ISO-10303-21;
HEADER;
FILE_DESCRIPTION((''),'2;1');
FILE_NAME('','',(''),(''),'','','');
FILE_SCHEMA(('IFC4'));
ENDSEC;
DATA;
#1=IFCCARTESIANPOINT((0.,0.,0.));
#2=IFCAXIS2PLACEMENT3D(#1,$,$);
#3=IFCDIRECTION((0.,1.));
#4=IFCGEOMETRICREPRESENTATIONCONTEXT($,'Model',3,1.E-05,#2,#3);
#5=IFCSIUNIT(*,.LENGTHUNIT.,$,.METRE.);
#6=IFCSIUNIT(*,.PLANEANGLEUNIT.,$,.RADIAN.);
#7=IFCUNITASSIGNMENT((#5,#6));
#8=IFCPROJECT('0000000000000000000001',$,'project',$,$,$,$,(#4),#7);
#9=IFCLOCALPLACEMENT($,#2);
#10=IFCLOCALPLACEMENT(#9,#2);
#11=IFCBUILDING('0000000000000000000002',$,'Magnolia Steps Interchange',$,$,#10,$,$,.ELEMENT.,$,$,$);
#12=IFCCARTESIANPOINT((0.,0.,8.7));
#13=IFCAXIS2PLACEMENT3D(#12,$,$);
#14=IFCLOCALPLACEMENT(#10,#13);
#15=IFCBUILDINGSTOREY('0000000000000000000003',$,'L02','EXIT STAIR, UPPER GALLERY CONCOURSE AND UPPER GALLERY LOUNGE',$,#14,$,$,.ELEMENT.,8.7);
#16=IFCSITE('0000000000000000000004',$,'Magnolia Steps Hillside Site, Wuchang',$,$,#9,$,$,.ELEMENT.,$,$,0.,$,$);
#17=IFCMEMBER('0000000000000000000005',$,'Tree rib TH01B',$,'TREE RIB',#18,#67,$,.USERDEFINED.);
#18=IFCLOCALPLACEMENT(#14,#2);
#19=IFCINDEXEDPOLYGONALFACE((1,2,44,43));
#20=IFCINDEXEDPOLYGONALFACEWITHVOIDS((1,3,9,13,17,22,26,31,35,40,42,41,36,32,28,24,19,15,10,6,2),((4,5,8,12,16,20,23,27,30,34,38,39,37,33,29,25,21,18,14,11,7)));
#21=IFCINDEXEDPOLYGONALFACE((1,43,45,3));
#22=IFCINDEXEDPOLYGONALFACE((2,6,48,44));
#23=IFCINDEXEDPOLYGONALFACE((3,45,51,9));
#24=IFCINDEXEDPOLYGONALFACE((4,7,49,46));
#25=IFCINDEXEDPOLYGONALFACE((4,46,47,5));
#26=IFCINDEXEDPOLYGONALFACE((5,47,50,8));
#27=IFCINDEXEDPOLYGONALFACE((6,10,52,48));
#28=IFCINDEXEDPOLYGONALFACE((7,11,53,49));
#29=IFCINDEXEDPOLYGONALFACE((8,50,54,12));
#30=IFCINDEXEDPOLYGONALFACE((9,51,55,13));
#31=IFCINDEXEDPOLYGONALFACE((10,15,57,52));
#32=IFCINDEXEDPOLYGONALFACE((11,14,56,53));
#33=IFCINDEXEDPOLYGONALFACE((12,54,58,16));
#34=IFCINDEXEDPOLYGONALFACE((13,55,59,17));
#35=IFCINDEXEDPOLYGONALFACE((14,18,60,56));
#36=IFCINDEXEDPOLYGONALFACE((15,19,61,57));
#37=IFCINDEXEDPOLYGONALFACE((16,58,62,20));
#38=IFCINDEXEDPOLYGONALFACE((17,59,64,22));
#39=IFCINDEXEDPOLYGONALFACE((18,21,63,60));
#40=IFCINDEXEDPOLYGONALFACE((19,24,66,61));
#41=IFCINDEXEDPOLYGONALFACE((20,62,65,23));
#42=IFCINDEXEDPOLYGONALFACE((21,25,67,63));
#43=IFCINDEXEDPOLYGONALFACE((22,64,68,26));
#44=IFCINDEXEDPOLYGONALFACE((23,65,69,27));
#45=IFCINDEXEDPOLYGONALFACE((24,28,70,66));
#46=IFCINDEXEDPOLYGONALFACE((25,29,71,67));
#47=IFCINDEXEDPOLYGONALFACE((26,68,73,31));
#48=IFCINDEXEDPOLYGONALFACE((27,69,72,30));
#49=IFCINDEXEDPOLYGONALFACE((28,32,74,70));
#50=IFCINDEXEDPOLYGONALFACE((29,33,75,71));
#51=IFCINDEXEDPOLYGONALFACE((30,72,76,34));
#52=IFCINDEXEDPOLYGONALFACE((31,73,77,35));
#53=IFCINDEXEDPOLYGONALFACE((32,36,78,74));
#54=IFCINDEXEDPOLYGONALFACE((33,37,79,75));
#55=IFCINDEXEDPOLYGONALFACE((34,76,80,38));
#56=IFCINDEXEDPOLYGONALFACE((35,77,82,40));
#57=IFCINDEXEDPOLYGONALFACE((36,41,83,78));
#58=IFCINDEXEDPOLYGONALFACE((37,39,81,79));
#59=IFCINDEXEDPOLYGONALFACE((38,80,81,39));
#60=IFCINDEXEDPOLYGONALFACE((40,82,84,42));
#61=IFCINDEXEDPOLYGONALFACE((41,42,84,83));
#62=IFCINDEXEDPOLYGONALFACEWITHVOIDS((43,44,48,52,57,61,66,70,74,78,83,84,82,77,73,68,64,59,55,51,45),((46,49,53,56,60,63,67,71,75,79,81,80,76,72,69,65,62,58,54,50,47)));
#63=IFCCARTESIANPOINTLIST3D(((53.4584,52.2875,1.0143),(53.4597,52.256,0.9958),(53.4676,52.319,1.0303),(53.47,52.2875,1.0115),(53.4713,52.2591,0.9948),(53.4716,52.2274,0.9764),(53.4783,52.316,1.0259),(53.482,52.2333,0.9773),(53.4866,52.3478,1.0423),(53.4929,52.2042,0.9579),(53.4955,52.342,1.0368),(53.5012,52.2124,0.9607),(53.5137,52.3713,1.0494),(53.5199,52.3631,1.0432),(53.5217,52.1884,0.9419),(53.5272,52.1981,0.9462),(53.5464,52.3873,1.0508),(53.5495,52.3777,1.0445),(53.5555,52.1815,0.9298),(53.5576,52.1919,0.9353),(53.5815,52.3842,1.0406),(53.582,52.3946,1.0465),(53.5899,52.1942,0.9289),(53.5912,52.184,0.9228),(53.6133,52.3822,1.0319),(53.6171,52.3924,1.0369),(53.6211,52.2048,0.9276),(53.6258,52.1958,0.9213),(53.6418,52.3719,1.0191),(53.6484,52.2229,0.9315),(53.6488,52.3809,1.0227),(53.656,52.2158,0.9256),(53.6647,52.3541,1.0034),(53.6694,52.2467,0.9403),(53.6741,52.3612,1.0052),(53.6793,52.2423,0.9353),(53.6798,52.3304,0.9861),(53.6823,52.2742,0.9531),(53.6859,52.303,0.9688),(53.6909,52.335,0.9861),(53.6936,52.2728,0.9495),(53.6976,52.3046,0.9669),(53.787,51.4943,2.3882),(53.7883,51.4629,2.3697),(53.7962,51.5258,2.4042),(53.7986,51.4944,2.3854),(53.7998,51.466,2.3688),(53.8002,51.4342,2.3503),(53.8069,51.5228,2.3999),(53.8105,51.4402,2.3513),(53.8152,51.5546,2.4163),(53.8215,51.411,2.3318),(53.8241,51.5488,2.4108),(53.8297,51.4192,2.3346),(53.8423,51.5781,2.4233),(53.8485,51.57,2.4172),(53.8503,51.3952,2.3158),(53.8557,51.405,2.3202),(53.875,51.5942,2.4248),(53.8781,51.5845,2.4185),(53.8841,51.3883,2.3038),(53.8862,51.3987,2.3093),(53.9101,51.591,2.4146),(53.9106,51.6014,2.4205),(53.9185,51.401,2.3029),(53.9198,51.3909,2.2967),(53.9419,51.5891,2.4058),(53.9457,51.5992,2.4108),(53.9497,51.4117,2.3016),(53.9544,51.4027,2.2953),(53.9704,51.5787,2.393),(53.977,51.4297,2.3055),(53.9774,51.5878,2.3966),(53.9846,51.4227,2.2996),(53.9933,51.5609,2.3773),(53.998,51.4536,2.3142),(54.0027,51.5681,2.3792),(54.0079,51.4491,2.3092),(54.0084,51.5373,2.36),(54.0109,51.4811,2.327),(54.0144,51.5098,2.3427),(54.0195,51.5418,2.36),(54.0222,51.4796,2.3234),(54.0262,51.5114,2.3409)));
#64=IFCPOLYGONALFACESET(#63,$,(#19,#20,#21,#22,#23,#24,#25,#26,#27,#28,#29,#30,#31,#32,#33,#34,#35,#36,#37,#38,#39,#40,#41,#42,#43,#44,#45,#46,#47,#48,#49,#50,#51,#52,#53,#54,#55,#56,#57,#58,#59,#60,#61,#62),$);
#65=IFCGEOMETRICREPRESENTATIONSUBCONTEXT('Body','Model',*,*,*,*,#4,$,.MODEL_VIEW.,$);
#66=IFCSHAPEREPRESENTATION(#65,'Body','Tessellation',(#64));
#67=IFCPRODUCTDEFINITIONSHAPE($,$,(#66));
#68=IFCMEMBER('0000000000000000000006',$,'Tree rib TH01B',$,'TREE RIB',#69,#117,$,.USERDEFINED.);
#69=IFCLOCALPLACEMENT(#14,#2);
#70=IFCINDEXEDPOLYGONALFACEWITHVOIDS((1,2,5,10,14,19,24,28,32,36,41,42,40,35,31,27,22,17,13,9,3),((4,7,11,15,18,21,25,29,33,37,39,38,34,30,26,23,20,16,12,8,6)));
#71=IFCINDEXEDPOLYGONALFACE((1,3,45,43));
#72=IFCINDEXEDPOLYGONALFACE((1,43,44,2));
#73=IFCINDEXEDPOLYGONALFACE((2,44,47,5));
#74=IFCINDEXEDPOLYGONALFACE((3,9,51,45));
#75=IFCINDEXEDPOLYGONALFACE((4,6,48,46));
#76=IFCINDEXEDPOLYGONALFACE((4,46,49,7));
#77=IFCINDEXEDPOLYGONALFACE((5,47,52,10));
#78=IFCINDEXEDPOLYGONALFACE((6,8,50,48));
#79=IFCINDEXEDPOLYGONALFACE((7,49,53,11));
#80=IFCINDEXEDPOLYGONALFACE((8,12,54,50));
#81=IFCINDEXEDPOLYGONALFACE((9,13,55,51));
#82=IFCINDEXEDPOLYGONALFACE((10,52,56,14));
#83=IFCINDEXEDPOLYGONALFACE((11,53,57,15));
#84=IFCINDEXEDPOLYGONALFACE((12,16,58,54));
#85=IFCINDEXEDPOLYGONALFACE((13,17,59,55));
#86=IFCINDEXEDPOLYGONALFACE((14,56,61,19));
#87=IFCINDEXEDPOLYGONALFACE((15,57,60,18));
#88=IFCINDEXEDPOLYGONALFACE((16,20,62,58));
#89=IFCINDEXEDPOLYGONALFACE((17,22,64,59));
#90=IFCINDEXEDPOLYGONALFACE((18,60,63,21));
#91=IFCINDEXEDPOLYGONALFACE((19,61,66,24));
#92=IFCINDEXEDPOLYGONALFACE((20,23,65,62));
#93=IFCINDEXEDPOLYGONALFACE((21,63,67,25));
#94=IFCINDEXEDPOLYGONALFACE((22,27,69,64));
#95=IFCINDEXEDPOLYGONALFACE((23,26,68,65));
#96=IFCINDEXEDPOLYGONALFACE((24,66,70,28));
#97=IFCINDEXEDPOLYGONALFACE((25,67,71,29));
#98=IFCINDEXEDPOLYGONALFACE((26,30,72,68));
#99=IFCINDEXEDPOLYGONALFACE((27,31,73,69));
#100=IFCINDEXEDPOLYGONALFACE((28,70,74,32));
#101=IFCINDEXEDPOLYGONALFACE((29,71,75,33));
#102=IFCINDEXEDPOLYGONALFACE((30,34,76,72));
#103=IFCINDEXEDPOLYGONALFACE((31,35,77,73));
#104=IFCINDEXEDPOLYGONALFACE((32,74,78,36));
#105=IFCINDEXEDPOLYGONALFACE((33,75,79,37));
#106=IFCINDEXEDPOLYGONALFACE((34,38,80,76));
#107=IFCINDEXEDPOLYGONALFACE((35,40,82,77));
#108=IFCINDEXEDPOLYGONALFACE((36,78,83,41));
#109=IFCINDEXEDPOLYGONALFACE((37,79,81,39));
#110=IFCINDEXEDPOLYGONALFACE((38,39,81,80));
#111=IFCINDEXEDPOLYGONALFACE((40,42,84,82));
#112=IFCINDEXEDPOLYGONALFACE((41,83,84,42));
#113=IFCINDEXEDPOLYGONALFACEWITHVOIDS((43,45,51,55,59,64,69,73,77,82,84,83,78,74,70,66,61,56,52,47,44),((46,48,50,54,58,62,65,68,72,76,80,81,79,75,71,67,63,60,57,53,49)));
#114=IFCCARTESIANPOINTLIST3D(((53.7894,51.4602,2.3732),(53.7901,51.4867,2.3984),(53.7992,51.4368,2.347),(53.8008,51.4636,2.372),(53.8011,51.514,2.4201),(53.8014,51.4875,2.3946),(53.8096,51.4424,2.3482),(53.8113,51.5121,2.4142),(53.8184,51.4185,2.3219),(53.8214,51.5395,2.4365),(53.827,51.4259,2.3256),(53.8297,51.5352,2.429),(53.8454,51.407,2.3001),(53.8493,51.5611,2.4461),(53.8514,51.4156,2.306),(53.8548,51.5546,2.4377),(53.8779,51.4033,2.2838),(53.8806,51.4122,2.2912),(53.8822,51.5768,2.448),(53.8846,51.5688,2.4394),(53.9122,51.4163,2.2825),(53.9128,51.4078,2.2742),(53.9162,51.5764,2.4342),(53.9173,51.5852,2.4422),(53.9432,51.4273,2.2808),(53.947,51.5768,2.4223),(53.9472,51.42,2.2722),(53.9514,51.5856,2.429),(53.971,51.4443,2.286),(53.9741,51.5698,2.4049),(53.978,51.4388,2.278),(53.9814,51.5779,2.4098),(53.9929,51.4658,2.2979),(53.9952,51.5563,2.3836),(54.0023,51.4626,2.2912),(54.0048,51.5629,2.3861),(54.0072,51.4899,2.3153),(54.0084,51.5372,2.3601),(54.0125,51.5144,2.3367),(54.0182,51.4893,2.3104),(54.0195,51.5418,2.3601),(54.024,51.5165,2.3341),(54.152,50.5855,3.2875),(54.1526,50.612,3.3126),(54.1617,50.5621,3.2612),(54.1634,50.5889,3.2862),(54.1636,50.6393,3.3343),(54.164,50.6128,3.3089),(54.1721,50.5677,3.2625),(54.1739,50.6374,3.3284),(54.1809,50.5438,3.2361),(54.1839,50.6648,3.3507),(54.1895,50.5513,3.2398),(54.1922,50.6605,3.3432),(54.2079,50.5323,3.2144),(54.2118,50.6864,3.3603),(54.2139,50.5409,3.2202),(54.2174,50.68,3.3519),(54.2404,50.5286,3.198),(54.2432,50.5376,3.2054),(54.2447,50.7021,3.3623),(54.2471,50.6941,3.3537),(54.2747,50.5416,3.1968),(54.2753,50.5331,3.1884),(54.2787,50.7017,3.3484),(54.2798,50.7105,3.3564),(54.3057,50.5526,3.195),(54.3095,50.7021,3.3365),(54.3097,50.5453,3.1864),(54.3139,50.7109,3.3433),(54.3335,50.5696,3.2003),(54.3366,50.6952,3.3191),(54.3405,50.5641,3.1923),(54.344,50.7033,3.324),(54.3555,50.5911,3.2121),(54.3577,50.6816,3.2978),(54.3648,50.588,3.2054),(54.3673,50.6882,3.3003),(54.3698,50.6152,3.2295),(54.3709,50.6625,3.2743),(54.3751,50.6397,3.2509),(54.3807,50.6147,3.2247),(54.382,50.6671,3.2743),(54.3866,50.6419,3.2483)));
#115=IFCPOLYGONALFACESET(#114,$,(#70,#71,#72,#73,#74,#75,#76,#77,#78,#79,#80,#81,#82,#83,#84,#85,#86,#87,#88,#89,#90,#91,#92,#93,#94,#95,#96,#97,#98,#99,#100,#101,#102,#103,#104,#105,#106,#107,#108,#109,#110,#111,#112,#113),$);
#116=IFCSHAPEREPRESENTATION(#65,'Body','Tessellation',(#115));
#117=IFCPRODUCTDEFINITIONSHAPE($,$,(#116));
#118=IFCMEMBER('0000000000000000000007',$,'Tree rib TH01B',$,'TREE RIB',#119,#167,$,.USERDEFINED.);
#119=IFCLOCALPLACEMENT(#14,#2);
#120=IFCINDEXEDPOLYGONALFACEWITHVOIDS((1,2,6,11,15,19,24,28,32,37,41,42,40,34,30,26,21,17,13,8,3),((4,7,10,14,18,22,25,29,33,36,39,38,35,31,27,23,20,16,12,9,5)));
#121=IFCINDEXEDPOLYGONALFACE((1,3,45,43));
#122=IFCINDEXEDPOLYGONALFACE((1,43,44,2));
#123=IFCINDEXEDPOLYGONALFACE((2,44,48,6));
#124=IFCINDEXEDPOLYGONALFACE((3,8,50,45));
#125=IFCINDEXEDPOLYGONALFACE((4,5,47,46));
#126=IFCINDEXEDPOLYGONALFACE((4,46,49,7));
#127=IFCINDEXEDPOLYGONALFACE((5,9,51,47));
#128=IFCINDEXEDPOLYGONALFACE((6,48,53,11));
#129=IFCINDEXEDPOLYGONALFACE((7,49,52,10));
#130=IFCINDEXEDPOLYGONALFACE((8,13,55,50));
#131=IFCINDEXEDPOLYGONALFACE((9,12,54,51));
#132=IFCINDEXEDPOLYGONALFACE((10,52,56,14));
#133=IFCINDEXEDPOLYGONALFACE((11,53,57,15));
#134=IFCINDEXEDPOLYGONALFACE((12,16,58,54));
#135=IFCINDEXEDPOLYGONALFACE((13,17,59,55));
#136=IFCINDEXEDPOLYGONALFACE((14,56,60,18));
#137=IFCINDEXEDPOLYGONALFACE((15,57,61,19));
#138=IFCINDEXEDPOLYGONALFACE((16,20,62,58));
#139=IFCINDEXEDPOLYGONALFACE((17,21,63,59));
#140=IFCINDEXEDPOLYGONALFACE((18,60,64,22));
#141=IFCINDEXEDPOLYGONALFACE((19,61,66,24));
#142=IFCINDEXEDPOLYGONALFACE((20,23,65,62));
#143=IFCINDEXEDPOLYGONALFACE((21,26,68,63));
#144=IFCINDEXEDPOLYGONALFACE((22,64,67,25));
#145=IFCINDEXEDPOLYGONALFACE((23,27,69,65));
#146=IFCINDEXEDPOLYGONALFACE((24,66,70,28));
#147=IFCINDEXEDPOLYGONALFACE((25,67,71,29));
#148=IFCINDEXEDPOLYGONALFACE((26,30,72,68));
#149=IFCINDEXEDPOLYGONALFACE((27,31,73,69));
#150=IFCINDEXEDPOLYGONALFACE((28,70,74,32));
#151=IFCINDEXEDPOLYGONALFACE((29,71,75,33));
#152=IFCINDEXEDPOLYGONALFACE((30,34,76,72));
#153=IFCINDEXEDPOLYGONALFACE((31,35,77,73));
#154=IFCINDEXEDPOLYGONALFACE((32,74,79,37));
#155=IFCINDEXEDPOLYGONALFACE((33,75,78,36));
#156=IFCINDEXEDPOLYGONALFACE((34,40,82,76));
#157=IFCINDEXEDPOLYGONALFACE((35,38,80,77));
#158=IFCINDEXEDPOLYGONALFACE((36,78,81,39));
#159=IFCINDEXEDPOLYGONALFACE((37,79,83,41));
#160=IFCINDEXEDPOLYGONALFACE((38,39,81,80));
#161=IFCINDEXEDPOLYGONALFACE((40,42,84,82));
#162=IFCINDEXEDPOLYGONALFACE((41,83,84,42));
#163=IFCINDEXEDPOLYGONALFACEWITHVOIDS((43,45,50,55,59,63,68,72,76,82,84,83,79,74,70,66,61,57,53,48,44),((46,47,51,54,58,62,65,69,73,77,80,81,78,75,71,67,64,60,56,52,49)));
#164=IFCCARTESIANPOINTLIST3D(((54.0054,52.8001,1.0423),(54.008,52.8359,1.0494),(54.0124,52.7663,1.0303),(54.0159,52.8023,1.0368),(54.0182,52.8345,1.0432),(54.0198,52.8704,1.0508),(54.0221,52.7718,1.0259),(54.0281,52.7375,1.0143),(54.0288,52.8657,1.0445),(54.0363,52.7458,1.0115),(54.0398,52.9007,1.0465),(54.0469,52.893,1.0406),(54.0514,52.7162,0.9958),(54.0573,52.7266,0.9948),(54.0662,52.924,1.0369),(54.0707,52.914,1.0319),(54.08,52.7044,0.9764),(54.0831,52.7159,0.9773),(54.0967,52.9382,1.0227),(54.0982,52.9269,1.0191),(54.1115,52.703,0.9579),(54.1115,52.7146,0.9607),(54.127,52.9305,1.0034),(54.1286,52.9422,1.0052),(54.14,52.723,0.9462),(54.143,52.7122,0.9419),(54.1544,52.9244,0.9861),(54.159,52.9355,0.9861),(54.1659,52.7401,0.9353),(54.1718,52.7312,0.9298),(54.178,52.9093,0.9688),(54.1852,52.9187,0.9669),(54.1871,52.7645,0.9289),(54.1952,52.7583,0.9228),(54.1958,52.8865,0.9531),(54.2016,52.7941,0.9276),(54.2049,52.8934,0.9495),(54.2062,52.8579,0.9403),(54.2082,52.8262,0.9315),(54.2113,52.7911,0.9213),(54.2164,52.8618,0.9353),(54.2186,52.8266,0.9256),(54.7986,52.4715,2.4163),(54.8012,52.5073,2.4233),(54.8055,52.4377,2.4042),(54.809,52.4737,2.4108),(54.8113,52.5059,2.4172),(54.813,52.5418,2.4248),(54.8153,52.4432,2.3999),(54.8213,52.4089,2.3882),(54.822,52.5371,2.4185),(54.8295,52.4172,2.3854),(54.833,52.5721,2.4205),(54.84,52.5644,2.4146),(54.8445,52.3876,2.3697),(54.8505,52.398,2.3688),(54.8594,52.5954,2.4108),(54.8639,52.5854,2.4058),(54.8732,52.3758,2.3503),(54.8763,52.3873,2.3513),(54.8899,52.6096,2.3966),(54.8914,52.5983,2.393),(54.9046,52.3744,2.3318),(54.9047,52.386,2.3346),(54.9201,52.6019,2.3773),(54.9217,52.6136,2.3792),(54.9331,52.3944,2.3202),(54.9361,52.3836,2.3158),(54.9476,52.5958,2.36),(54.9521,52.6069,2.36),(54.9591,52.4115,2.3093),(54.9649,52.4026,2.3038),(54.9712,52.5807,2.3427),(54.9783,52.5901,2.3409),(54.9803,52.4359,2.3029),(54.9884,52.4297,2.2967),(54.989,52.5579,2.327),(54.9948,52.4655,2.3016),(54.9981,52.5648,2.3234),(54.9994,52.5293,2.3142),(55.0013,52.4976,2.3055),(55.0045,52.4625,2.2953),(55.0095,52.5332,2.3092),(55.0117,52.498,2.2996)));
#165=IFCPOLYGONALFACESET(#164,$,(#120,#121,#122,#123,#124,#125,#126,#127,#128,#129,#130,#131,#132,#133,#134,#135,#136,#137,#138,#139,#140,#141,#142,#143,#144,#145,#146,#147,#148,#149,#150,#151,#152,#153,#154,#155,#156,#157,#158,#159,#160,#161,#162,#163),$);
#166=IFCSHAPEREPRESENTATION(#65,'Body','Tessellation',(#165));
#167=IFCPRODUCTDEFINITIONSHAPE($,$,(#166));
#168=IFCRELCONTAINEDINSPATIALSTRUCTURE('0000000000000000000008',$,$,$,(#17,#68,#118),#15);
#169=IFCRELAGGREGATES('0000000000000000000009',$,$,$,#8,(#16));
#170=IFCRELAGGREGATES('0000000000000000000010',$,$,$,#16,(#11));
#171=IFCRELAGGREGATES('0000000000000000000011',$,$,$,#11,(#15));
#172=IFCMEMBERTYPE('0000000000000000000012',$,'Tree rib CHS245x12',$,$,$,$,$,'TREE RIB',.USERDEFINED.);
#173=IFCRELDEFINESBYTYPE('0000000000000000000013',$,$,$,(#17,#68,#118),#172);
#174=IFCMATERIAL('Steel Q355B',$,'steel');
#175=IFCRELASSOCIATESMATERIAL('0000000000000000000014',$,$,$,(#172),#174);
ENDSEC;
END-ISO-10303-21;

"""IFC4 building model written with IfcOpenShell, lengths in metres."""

from ifc_helpers import new_model, si_unit, direction, frame, origin, origin_2d, place, context, subcontext, project, spatial, hollow_circle, extrude, material, material_profile, profile_set, type_object, element, save


model = new_model("IFC4")

# Units and contexts
model_context = context("Model", 3, precision=1e-05, world=origin(), true_north=direction((0.0, 1.0)))
body_context = subcontext(model_context, "Body", "Model", "MODEL_VIEW")
ifc_project = project(units=[si_unit("LENGTHUNIT", "METRE"), si_unit("PLANEANGLEUNIT", "RADIAN")], contexts=[model_context])

# Site, building, storey
site_placement = place(None, origin())
site = spatial("IfcSite", under=ifc_project, at=site_placement, Name="Magnolia Steps Hillside Site, Wuchang", CompositionType="ELEMENT", RefElevation=0.0)
building_placement = place(site_placement, origin())
building = spatial("IfcBuilding", under=site, at=building_placement, Name="Magnolia Steps Interchange", CompositionType="ELEMENT")
storey_placement = place(building_placement, frame((0.0, 0.0, 8.7)))
storey = spatial("IfcBuildingStorey", under=building, at=storey_placement, Name="L02", Description="EXIT STAIR, UPPER GALLERY CONCOURSE AND UPPER GALLERY LOUNGE", CompositionType="ELEMENT", Elevation=8.7)

# Members
ifc_material_1 = material(Name="Steel Q355B", Category="steel")
ifc_material_profile_1 = material_profile(ifc_material_1, hollow_circle(Radius=0.1226, WallThickness=0.012, at=origin_2d()), Name="CHS245x12")
ifc_profile_set_1 = profile_set([ifc_material_profile_1], Name="Steel Q355B")
member_type = type_object("IfcMemberType", Name="Tree rib CHS245x12", ElementType="TREE RIB", PredefinedType="USERDEFINED", material=ifc_profile_set_1)
for number, where, z_axis, x_axis, name in (
    (1, (53.5776, 52.2881, 0.9861), (0.20282, -0.489571, 0.848047), (0.923857, 0.382737, 0.0), "Tree rib TH01B"),
):
    element("IfcMember", number, at=place(storey_placement, frame(where, z_axis=z_axis, x_axis=x_axis)), inside=storey, type_object=member_type, Name=name, ObjectType="TREE RIB", PredefinedType="USERDEFINED", context=body_context, shape_type="SweptSolid", body=[
        extrude(hollow_circle(Radius=0.1226, WallThickness=0.012, at=origin_2d()), origin(), (0.0, 0.0, 1.0), 1.6201),
    ])
member_1_placement = place(storey_placement, frame((53.9062, 51.4949, 2.3601), z_axis=(0.275434, -0.664566, 0.694613), x_axis=(0.9238, 0.382876, 0.0)))
element("IfcMember", 2, at=member_1_placement, inside=storey, type_object=member_type, Name="Tree rib TH01B", ObjectType="TREE RIB", PredefinedType="USERDEFINED", context=body_context, shape_type="SweptSolid", body=[
    extrude(hollow_circle(Radius=0.1226, WallThickness=0.012, at=origin_2d()), origin(), (0.0, 0.0, 1.0), 1.3162),
])
member_2_placement = place(storey_placement, frame((54.1121, 52.8223, 0.9861), z_axis=(0.489571, -0.20282, 0.848047), x_axis=(0.382737, 0.923857, 0.0)))
element("IfcMember", 3, at=member_2_placement, inside=storey, type_object=member_type, Name="Tree rib TH01B", ObjectType="TREE RIB", PredefinedType="USERDEFINED", context=body_context, shape_type="SweptSolid", body=[
    extrude(hollow_circle(Radius=0.1226, WallThickness=0.012, at=origin_2d()), origin(), (0.0, 0.0, 1.0), 1.6201),
])

save(model, "model.ifc")
